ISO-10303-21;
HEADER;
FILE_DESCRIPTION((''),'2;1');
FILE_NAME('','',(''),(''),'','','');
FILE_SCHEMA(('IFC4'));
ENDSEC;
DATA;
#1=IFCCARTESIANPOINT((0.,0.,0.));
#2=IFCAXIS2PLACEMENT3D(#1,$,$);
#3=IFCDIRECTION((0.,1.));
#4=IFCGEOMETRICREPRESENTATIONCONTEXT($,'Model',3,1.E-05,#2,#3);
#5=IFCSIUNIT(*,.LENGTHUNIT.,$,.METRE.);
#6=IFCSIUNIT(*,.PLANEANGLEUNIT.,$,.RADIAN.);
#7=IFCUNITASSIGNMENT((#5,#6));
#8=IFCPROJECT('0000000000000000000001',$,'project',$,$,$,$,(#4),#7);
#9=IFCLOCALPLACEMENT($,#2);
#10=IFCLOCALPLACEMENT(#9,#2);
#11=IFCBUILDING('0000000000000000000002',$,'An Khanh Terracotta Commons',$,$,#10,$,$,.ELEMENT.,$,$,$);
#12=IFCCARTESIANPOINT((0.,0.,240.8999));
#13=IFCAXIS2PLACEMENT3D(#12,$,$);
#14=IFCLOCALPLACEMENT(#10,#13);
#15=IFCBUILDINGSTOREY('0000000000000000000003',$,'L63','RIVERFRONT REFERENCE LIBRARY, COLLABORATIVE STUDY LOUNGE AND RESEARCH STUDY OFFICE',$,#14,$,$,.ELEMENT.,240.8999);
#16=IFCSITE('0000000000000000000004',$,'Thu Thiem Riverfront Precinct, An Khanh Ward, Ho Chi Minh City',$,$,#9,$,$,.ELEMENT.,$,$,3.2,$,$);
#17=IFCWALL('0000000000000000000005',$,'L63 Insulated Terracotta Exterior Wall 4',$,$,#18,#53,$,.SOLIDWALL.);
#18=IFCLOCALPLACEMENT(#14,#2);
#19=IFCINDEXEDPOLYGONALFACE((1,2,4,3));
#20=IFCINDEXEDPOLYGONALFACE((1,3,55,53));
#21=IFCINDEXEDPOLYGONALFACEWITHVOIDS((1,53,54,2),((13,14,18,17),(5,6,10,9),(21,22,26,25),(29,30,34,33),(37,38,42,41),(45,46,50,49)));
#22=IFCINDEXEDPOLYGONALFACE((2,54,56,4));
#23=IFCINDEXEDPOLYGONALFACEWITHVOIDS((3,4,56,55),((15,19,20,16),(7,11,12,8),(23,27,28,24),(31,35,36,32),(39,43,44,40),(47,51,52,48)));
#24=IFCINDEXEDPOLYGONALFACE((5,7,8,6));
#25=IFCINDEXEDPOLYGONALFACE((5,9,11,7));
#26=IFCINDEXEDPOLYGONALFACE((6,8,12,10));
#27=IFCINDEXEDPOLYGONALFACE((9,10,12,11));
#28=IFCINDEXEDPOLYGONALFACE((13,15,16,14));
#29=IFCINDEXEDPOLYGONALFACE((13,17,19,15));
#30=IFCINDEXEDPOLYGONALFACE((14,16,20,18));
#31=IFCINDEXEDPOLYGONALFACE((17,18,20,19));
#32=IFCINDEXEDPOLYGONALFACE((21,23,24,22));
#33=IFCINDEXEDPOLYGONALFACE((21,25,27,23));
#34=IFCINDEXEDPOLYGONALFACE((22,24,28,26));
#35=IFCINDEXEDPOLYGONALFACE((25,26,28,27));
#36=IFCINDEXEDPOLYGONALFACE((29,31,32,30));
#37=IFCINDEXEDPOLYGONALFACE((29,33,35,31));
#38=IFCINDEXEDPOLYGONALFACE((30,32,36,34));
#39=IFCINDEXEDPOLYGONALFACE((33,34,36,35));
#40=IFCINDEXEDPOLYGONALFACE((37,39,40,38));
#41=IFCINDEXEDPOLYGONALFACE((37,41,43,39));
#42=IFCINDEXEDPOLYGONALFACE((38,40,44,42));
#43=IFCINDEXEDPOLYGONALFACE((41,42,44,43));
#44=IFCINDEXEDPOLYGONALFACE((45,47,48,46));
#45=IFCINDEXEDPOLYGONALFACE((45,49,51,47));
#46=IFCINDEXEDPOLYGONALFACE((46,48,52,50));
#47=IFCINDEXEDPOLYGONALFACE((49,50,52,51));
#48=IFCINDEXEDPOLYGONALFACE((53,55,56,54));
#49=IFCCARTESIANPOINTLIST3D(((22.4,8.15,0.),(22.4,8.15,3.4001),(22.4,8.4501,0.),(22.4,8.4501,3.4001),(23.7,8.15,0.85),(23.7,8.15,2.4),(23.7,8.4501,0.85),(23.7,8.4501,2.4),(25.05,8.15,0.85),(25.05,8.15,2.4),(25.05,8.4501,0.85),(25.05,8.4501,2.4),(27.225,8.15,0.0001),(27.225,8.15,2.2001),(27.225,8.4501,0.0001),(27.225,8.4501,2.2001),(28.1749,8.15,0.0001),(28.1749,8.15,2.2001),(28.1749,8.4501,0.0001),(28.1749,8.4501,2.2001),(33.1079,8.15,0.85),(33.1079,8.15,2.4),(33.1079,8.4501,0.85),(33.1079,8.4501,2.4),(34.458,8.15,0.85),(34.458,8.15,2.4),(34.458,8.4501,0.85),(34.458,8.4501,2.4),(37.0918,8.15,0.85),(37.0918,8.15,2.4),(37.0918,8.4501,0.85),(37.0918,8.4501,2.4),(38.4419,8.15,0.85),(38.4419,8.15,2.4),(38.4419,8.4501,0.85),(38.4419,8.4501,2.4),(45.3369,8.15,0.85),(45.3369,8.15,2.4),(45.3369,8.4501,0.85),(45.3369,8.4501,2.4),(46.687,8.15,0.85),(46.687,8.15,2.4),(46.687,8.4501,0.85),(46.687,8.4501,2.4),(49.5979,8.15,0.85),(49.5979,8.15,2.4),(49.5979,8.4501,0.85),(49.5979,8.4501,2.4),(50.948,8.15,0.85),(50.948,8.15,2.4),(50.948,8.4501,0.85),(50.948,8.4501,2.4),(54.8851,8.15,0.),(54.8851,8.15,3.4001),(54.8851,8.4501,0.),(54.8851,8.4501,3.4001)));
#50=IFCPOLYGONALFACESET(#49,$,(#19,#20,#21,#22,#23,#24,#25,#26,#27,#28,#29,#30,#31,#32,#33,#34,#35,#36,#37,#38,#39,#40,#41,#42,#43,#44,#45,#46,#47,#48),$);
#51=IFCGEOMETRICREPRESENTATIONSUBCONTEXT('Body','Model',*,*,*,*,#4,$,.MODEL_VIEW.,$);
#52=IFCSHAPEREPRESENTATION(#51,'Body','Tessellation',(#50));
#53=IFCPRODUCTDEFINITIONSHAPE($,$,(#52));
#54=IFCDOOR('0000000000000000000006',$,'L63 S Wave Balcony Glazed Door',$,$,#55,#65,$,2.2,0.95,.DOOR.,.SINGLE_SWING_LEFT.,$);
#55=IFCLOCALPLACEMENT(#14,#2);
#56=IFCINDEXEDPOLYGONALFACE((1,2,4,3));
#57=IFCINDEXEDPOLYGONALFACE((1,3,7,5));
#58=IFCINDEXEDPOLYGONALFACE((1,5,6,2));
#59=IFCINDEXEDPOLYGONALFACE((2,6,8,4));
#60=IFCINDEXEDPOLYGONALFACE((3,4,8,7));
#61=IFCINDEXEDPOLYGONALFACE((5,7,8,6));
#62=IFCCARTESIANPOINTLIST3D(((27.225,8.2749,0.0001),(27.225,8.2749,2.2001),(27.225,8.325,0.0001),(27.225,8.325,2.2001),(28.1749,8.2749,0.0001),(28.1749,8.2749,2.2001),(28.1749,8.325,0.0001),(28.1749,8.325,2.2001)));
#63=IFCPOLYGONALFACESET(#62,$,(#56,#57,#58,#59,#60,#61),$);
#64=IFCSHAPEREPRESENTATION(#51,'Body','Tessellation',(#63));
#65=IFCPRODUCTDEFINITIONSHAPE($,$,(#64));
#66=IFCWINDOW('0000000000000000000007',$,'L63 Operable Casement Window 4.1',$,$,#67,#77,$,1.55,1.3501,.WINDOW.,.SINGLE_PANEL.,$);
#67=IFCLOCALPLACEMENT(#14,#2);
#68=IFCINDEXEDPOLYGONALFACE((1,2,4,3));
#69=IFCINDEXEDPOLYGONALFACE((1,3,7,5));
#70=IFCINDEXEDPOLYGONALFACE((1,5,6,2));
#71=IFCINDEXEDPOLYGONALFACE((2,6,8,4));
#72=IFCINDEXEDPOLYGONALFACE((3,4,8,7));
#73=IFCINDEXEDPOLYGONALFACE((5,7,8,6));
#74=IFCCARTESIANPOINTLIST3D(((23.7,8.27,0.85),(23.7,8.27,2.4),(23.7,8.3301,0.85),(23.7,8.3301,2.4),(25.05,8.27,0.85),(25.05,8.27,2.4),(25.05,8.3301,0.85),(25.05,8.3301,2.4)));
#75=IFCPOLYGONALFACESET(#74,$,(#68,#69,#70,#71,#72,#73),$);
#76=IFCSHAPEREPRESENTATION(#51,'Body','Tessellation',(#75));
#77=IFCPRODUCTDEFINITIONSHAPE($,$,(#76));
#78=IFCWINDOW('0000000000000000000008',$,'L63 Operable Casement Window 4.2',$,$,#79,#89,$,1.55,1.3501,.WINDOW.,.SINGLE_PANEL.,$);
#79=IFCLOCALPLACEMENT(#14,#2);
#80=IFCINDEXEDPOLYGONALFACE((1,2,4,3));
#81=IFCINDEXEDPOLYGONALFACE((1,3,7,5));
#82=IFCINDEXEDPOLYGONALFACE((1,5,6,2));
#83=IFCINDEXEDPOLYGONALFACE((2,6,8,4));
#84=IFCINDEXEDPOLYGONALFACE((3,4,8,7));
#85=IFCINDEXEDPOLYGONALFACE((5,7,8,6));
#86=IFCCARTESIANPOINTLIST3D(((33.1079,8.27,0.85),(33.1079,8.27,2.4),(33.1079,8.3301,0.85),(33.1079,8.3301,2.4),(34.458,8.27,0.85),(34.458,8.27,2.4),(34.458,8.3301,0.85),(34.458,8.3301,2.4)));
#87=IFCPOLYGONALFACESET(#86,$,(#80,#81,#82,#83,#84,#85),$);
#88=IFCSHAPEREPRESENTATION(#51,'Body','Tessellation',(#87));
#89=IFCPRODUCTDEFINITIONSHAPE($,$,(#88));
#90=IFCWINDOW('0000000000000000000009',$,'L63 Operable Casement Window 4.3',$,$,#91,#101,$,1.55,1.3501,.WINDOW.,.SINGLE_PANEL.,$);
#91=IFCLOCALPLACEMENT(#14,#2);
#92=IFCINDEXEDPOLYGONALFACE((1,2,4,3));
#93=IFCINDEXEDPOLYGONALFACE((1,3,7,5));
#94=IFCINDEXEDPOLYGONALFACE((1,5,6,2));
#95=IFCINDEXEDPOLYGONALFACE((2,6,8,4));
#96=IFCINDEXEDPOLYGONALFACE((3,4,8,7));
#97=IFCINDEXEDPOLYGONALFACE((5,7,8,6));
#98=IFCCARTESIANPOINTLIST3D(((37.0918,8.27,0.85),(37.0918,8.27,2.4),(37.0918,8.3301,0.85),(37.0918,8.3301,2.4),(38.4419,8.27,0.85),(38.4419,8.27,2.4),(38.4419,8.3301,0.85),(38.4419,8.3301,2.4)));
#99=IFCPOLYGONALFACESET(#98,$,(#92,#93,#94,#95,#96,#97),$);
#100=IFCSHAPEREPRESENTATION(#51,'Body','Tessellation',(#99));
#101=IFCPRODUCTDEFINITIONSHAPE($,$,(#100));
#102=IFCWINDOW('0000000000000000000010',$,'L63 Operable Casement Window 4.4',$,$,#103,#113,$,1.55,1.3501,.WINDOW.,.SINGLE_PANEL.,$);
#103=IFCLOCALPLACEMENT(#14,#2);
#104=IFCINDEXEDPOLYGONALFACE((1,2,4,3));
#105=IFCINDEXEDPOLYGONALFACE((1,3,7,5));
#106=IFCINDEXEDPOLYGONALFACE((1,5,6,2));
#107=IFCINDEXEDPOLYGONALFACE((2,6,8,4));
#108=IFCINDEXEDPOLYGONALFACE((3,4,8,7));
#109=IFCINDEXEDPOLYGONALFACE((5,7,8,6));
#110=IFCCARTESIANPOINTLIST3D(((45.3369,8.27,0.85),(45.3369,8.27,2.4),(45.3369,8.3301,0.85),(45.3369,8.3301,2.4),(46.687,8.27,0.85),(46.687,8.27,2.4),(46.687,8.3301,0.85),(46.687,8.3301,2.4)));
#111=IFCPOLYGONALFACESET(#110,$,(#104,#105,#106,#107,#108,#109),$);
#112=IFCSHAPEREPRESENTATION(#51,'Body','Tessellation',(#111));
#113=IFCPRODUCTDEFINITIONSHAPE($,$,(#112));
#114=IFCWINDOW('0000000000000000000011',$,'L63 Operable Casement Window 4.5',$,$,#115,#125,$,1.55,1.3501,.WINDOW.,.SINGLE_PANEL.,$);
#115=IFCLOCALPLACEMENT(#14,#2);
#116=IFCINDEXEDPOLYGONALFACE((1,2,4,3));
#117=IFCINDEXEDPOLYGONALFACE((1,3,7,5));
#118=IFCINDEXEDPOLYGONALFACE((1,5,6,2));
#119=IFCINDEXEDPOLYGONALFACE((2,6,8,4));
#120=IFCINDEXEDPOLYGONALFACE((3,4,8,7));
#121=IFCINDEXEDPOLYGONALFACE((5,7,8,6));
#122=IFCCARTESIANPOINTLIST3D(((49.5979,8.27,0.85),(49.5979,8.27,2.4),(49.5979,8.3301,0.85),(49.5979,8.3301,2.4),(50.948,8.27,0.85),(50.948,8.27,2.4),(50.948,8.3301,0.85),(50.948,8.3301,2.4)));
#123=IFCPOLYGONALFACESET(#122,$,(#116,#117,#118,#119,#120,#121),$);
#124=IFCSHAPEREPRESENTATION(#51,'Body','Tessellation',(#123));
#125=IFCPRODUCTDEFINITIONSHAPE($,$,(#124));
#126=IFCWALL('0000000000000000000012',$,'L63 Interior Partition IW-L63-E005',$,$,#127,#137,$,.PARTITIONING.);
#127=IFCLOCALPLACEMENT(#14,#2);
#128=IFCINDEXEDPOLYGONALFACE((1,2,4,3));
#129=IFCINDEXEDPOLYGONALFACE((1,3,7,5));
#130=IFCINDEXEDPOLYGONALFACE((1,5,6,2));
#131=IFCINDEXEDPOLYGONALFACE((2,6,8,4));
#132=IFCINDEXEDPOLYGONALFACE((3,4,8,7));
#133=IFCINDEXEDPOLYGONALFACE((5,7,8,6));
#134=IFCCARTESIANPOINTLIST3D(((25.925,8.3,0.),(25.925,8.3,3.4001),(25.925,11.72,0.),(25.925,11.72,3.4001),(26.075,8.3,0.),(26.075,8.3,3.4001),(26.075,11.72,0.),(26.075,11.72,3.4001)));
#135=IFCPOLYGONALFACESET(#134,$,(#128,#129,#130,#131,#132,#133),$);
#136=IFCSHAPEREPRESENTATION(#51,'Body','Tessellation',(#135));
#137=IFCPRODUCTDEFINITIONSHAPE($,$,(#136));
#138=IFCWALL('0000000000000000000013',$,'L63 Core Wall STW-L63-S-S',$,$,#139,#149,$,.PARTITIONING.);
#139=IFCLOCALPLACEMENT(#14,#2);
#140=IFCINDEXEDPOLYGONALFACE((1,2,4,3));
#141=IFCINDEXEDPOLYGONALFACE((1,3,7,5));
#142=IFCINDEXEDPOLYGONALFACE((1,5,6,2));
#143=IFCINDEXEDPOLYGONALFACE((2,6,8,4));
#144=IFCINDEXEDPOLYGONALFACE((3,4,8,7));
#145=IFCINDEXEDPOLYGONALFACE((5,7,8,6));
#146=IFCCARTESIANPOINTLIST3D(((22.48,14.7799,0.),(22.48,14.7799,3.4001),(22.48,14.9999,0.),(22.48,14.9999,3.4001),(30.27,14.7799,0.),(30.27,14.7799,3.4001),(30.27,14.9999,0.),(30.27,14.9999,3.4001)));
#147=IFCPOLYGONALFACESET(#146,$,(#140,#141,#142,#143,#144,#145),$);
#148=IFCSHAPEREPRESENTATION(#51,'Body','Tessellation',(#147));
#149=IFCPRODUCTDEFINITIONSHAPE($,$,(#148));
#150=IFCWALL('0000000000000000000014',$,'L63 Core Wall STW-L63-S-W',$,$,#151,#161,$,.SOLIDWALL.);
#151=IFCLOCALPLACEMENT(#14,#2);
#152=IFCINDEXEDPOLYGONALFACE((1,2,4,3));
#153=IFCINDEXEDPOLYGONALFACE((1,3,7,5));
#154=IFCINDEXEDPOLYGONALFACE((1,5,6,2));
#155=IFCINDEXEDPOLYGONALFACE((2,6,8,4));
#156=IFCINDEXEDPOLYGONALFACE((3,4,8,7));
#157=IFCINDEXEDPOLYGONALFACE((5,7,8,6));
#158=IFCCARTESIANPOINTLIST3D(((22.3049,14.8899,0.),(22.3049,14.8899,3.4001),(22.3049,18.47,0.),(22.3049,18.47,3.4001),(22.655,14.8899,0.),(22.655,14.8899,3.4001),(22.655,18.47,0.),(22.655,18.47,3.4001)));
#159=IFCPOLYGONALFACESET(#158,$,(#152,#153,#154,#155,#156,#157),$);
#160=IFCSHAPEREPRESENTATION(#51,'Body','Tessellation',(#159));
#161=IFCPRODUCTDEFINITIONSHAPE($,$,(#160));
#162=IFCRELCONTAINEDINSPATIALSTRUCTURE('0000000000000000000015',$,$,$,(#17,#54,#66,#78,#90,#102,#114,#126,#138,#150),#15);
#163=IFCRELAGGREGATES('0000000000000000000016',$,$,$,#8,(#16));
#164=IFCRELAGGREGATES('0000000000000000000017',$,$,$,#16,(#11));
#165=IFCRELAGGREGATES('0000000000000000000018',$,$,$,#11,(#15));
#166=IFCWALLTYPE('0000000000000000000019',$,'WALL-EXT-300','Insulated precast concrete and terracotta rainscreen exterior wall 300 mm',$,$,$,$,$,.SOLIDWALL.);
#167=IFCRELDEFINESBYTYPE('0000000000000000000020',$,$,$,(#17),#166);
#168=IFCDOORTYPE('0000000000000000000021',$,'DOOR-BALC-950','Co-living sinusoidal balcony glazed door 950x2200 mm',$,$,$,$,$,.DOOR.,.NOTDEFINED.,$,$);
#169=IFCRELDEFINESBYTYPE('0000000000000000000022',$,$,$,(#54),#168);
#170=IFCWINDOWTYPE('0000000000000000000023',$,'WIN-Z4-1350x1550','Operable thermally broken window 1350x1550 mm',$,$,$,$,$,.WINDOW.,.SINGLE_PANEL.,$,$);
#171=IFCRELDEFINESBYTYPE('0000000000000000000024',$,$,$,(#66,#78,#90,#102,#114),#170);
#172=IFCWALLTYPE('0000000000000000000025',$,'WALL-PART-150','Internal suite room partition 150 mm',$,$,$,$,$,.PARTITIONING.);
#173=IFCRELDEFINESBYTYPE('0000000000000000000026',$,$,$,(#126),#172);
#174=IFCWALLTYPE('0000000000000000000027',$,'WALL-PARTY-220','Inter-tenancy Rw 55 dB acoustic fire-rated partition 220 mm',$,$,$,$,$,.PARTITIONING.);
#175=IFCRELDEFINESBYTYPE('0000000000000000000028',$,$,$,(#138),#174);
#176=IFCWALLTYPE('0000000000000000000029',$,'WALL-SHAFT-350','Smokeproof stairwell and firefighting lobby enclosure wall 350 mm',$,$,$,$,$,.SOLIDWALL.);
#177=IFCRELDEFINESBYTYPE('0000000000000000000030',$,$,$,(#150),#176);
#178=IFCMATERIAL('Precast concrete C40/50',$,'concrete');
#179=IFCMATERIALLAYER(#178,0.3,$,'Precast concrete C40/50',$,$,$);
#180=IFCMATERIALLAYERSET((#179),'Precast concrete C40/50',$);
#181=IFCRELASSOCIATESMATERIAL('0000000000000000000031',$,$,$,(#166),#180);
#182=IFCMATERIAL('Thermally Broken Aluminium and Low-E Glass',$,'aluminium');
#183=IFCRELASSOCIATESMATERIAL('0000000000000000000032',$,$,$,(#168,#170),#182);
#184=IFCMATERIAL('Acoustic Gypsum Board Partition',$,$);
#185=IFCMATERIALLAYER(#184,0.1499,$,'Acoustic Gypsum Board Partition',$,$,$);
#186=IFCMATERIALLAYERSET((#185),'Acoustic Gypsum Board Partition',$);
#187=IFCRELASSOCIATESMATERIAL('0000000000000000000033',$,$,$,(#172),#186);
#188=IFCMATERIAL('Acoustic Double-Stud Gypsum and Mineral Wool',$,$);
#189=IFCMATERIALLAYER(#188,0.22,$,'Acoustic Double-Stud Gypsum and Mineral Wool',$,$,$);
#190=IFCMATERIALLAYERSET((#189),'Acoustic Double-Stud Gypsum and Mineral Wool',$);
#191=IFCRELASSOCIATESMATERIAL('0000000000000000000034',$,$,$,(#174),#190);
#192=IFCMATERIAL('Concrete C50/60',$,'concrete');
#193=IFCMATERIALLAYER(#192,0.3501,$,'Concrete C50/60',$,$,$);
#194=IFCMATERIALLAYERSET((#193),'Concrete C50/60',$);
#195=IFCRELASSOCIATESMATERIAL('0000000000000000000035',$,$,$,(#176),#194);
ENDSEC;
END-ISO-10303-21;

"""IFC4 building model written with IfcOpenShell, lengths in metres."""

from ifc_helpers import new_model, si_unit, direction, frame, frame_2d, origin, place, context, subcontext, project, spatial, rectangle, extrude, material, layer, layer_set, type_object, element, fill, save


model = new_model("IFC4")

# Units and contexts
model_context = context("Model", 3, precision=1e-05, world=origin(), true_north=direction((0.0, 1.0)))
body_context = subcontext(model_context, "Body", "Model", "MODEL_VIEW")
ifc_project = project(units=[si_unit("LENGTHUNIT", "METRE"), si_unit("PLANEANGLEUNIT", "RADIAN")], contexts=[model_context])

# Site, building, storey
site_placement = place(None, origin())
site = spatial("IfcSite", under=ifc_project, at=site_placement, Name="Thu Thiem Riverfront Precinct, An Khanh Ward, Ho Chi Minh City", CompositionType="ELEMENT", RefElevation=3.2)
building_placement = place(site_placement, origin())
building = spatial("IfcBuilding", under=site, at=building_placement, Name="An Khanh Terracotta Commons", CompositionType="ELEMENT")
storey_placement = place(building_placement, frame((0.0, 0.0, 240.8999)))
storey = spatial("IfcBuildingStorey", under=building, at=storey_placement, Name="L63", Description="RIVERFRONT REFERENCE LIBRARY, COLLABORATIVE STUDY LOUNGE AND RESEARCH STUDY OFFICE", CompositionType="ELEMENT", Elevation=240.8999)

# Shared definitions
ifc_material_1 = material(Name="Concrete C50/60", Category="concrete")
ifc_material_2 = material(Name="Precast concrete C40/50", Category="concrete")
ifc_layer_1 = layer(ifc_material_2, 0.3, Name="Precast concrete C40/50")
ifc_layer_set_1 = layer_set([ifc_layer_1], Name="Precast concrete C40/50")
wall_type_1 = type_object("IfcWallType", Name="WALL-EXT-300", Description="Insulated precast concrete and terracotta rainscreen exterior wall 300 mm", PredefinedType="SOLIDWALL", material=ifc_layer_set_1)

# Wall, openings, door, windows
wall_1_placement = place(storey_placement, frame((22.3999, 8.3, 0.0), z_axis=(0.0, 0.0, 1.0), x_axis=(1.0, 0.0, 0.0)))
wall_1 = element("IfcWall", 1, at=wall_1_placement, inside=storey, type_object=wall_type_1, Name="L63 Insulated Terracotta Exterior Wall 4", PredefinedType="SOLIDWALL", context=body_context, shape_type="SweptSolid", body=[
    extrude(rectangle(XDim=32.4851, YDim=0.3, at=frame_2d((16.2427, 0.0))), origin(), (0.0, 0.0, 1.0), 3.4001),
])
opening_1_placement = place(wall_1_placement, frame((4.825, 0.0, 0.0)))
opening_1 = element("IfcOpeningElement", 2, at=opening_1_placement, cuts=wall_1, PredefinedType="OPENING", context=body_context, shape_type="SweptSolid", body=[
    extrude(rectangle(XDim=0.95, YDim=2.2, at=frame_2d((0.4751, 1.1001))), frame((0.0, 0.1599, 0.0), z_axis=(0.0, -1.0, 0.0), x_axis=(1.0, 0.0, 0.0)), (0.0, 0.0, 1.0), 0.3201),
])
opening_2_placement = place(wall_1_placement, frame((1.3, 0.0, 0.8501)))
opening_2 = element("IfcOpeningElement", 3, at=opening_2_placement, cuts=wall_1, PredefinedType="OPENING", context=body_context, shape_type="SweptSolid", body=[
    extrude(rectangle(XDim=1.3501, YDim=1.55, at=frame_2d((0.675, 0.7749))), frame((0.0, 0.1599, 0.0), z_axis=(0.0, -1.0, 0.0), x_axis=(1.0, 0.0, 0.0)), (0.0, 0.0, 1.0), 0.3201),
])
opening_3_placement = place(wall_1_placement, frame((10.708, 0.0, 0.8501)))
opening_3 = element("IfcOpeningElement", 4, at=opening_3_placement, cuts=wall_1, PredefinedType="OPENING", context=body_context, shape_type="SweptSolid", body=[
    extrude(rectangle(XDim=1.3501, YDim=1.55, at=frame_2d((0.675, 0.7749))), frame((0.0, 0.1599, 0.0), z_axis=(0.0, -1.0, 0.0), x_axis=(1.0, 0.0, 0.0)), (0.0, 0.0, 1.0), 0.3201),
])
opening_4_placement = place(wall_1_placement, frame((14.6919, 0.0, 0.8501)))
opening_4 = element("IfcOpeningElement", 5, at=opening_4_placement, cuts=wall_1, PredefinedType="OPENING", context=body_context, shape_type="SweptSolid", body=[
    extrude(rectangle(XDim=1.3501, YDim=1.55, at=frame_2d((0.675, 0.7749))), frame((0.0, 0.1599, 0.0), z_axis=(0.0, -1.0, 0.0), x_axis=(1.0, 0.0, 0.0)), (0.0, 0.0, 1.0), 0.3201),
])
opening_5_placement = place(wall_1_placement, frame((22.937, 0.0, 0.8501)))
opening_5 = element("IfcOpeningElement", 6, at=opening_5_placement, cuts=wall_1, PredefinedType="OPENING", context=body_context, shape_type="SweptSolid", body=[
    extrude(rectangle(XDim=1.3501, YDim=1.55, at=frame_2d((0.675, 0.7749))), frame((0.0, 0.1599, 0.0), z_axis=(0.0, -1.0, 0.0), x_axis=(1.0, 0.0, 0.0)), (0.0, 0.0, 1.0), 0.3201),
])
opening_6_placement = place(wall_1_placement, frame((27.198, 0.0, 0.8501)))
opening_6 = element("IfcOpeningElement", 7, at=opening_6_placement, cuts=wall_1, PredefinedType="OPENING", context=body_context, shape_type="SweptSolid", body=[
    extrude(rectangle(XDim=1.3501, YDim=1.55, at=frame_2d((0.675, 0.7749))), frame((0.0, 0.1599, 0.0), z_axis=(0.0, -1.0, 0.0), x_axis=(1.0, 0.0, 0.0)), (0.0, 0.0, 1.0), 0.3201),
])
ifc_material_3 = material(Name="Thermally Broken Aluminium and Low-E Glass", Category="aluminium")
door_type = type_object("IfcDoorType", Name="DOOR-BALC-950", Description="Co-living sinusoidal balcony glazed door 950x2200 mm", OperationType="NOTDEFINED", PredefinedType="DOOR", material=ifc_material_3)
door_placement = place(opening_1_placement, origin())
door = element("IfcDoor", 8, at=door_placement, inside=storey, type_object=door_type, Name="L63 S Wave Balcony Glazed Door", OperationType="SINGLE_SWING_LEFT", OverallHeight=2.2, OverallWidth=0.95, PredefinedType="DOOR", context=body_context, shape_type="SweptSolid", body=[
    extrude(rectangle(XDim=0.95, YDim=2.2, at=frame_2d((0.4751, 1.1001))), frame((0.0, 0.0249, 0.0), z_axis=(0.0, -1.0, 0.0), x_axis=(1.0, 0.0, 0.0)), (0.0, 0.0, 1.0), 0.05),
])
fill(opening_1, door)
window_type = type_object("IfcWindowType", Name="WIN-Z4-1350x1550", Description="Operable thermally broken window 1350x1550 mm", PartitioningType="SINGLE_PANEL", PredefinedType="WINDOW", material=ifc_material_3)
window_1_placement = place(opening_2_placement, origin())
window_1 = element("IfcWindow", 9, at=window_1_placement, inside=storey, type_object=window_type, Name="L63 Operable Casement Window 4.1", OverallHeight=1.55, OverallWidth=1.3501, PartitioningType="SINGLE_PANEL", PredefinedType="WINDOW", context=body_context, shape_type="SweptSolid", body=[
    extrude(rectangle(XDim=1.3501, YDim=1.55, at=frame_2d((0.675, 0.7749))), frame((0.0, 0.03, 0.0), z_axis=(0.0, -1.0, 0.0), x_axis=(1.0, 0.0, 0.0)), (0.0, 0.0, 1.0), 0.0601),
])
fill(opening_2, window_1)
window_2_placement = place(opening_3_placement, origin())
window_2 = element("IfcWindow", 10, at=window_2_placement, inside=storey, type_object=window_type, Name="L63 Operable Casement Window 4.2", OverallHeight=1.55, OverallWidth=1.3501, PartitioningType="SINGLE_PANEL", PredefinedType="WINDOW", context=body_context, shape_type="SweptSolid", body=[
    extrude(rectangle(XDim=1.3501, YDim=1.55, at=frame_2d((0.675, 0.7749))), frame((0.0, 0.03, 0.0), z_axis=(0.0, -1.0, 0.0), x_axis=(1.0, 0.0, 0.0)), (0.0, 0.0, 1.0), 0.0601),
])
fill(opening_3, window_2)
window_3_placement = place(opening_4_placement, origin())
window_3 = element("IfcWindow", 11, at=window_3_placement, inside=storey, type_object=window_type, Name="L63 Operable Casement Window 4.3", OverallHeight=1.55, OverallWidth=1.3501, PartitioningType="SINGLE_PANEL", PredefinedType="WINDOW", context=body_context, shape_type="SweptSolid", body=[
    extrude(rectangle(XDim=1.3501, YDim=1.55, at=frame_2d((0.675, 0.7749))), frame((0.0, 0.03, 0.0), z_axis=(0.0, -1.0, 0.0), x_axis=(1.0, 0.0, 0.0)), (0.0, 0.0, 1.0), 0.0601),
])
fill(opening_4, window_3)
window_4_placement = place(opening_5_placement, origin())
window_4 = element("IfcWindow", 12, at=window_4_placement, inside=storey, type_object=window_type, Name="L63 Operable Casement Window 4.4", OverallHeight=1.55, OverallWidth=1.3501, PartitioningType="SINGLE_PANEL", PredefinedType="WINDOW", context=body_context, shape_type="SweptSolid", body=[
    extrude(rectangle(XDim=1.3501, YDim=1.55, at=frame_2d((0.675, 0.7749))), frame((0.0, 0.03, 0.0), z_axis=(0.0, -1.0, 0.0), x_axis=(1.0, 0.0, 0.0)), (0.0, 0.0, 1.0), 0.0601),
])
fill(opening_5, window_4)
window_5_placement = place(opening_6_placement, origin())
window_5 = element("IfcWindow", 13, at=window_5_placement, inside=storey, type_object=window_type, Name="L63 Operable Casement Window 4.5", OverallHeight=1.55, OverallWidth=1.3501, PartitioningType="SINGLE_PANEL", PredefinedType="WINDOW", context=body_context, shape_type="SweptSolid", body=[
    extrude(rectangle(XDim=1.3501, YDim=1.55, at=frame_2d((0.675, 0.7749))), frame((0.0, 0.03, 0.0), z_axis=(0.0, -1.0, 0.0), x_axis=(1.0, 0.0, 0.0)), (0.0, 0.0, 1.0), 0.0601),
])
fill(opening_6, window_5)

# Walls
ifc_material_4 = material(Name="Acoustic Gypsum Board Partition")
ifc_layer_2 = layer(ifc_material_4, 0.1499, Name="Acoustic Gypsum Board Partition")
ifc_layer_set_2 = layer_set([ifc_layer_2], Name="Acoustic Gypsum Board Partition")
wall_type_2 = type_object("IfcWallType", Name="WALL-PART-150", Description="Internal suite room partition 150 mm", PredefinedType="PARTITIONING", material=ifc_layer_set_2)
wall_2_placement = place(storey_placement, frame((26.0, 8.3, 0.0), z_axis=(0.0, 0.0, 1.0), x_axis=(0.0, 1.0, 0.0)))
element("IfcWall", 14, at=wall_2_placement, inside=storey, type_object=wall_type_2, Name="L63 Interior Partition IW-L63-E005", PredefinedType="PARTITIONING", context=body_context, shape_type="SweptSolid", body=[
    extrude(rectangle(XDim=3.4199, YDim=0.1499, at=frame_2d((1.71, 0.0))), origin(), (0.0, 0.0, 1.0), 3.4001),
])
ifc_material_5 = material(Name="Acoustic Double-Stud Gypsum and Mineral Wool")
ifc_layer_3 = layer(ifc_material_5, 0.22, Name="Acoustic Double-Stud Gypsum and Mineral Wool")
ifc_layer_set_3 = layer_set([ifc_layer_3], Name="Acoustic Double-Stud Gypsum and Mineral Wool")
wall_type_3 = type_object("IfcWallType", Name="WALL-PARTY-220", Description="Inter-tenancy Rw 55 dB acoustic fire-rated partition 220 mm", PredefinedType="PARTITIONING", material=ifc_layer_set_3)
wall_3_placement = place(storey_placement, frame((22.48, 14.8899, 0.0), z_axis=(0.0, 0.0, 1.0), x_axis=(1.0, 0.0, 0.0)))
element("IfcWall", 15, at=wall_3_placement, inside=storey, type_object=wall_type_3, Name="L63 Core Wall STW-L63-S-S", PredefinedType="PARTITIONING", context=body_context, shape_type="SweptSolid", body=[
    extrude(rectangle(XDim=7.79, YDim=0.22, at=frame_2d((3.895, 0.0))), origin(), (0.0, 0.0, 1.0), 3.4001),
])
ifc_layer_4 = layer(ifc_material_1, 0.3501, Name="Concrete C50/60")
ifc_layer_set_4 = layer_set([ifc_layer_4], Name="Concrete C50/60")
wall_type_4 = type_object("IfcWallType", Name="WALL-SHAFT-350", Description="Smokeproof stairwell and firefighting lobby enclosure wall 350 mm", PredefinedType="SOLIDWALL", material=ifc_layer_set_4)
wall_4_placement = place(storey_placement, frame((22.48, 14.8899, 0.0), z_axis=(0.0, 0.0, 1.0), x_axis=(0.0, 1.0, 0.0)))
element("IfcWall", 16, at=wall_4_placement, inside=storey, type_object=wall_type_4, Name="L63 Core Wall STW-L63-S-W", PredefinedType="SOLIDWALL", context=body_context, shape_type="SweptSolid", body=[
    extrude(rectangle(XDim=3.5801, YDim=0.3501, at=frame_2d((1.79, 0.0))), origin(), (0.0, 0.0, 1.0), 3.4001),
])

save(model, "model.ifc")
